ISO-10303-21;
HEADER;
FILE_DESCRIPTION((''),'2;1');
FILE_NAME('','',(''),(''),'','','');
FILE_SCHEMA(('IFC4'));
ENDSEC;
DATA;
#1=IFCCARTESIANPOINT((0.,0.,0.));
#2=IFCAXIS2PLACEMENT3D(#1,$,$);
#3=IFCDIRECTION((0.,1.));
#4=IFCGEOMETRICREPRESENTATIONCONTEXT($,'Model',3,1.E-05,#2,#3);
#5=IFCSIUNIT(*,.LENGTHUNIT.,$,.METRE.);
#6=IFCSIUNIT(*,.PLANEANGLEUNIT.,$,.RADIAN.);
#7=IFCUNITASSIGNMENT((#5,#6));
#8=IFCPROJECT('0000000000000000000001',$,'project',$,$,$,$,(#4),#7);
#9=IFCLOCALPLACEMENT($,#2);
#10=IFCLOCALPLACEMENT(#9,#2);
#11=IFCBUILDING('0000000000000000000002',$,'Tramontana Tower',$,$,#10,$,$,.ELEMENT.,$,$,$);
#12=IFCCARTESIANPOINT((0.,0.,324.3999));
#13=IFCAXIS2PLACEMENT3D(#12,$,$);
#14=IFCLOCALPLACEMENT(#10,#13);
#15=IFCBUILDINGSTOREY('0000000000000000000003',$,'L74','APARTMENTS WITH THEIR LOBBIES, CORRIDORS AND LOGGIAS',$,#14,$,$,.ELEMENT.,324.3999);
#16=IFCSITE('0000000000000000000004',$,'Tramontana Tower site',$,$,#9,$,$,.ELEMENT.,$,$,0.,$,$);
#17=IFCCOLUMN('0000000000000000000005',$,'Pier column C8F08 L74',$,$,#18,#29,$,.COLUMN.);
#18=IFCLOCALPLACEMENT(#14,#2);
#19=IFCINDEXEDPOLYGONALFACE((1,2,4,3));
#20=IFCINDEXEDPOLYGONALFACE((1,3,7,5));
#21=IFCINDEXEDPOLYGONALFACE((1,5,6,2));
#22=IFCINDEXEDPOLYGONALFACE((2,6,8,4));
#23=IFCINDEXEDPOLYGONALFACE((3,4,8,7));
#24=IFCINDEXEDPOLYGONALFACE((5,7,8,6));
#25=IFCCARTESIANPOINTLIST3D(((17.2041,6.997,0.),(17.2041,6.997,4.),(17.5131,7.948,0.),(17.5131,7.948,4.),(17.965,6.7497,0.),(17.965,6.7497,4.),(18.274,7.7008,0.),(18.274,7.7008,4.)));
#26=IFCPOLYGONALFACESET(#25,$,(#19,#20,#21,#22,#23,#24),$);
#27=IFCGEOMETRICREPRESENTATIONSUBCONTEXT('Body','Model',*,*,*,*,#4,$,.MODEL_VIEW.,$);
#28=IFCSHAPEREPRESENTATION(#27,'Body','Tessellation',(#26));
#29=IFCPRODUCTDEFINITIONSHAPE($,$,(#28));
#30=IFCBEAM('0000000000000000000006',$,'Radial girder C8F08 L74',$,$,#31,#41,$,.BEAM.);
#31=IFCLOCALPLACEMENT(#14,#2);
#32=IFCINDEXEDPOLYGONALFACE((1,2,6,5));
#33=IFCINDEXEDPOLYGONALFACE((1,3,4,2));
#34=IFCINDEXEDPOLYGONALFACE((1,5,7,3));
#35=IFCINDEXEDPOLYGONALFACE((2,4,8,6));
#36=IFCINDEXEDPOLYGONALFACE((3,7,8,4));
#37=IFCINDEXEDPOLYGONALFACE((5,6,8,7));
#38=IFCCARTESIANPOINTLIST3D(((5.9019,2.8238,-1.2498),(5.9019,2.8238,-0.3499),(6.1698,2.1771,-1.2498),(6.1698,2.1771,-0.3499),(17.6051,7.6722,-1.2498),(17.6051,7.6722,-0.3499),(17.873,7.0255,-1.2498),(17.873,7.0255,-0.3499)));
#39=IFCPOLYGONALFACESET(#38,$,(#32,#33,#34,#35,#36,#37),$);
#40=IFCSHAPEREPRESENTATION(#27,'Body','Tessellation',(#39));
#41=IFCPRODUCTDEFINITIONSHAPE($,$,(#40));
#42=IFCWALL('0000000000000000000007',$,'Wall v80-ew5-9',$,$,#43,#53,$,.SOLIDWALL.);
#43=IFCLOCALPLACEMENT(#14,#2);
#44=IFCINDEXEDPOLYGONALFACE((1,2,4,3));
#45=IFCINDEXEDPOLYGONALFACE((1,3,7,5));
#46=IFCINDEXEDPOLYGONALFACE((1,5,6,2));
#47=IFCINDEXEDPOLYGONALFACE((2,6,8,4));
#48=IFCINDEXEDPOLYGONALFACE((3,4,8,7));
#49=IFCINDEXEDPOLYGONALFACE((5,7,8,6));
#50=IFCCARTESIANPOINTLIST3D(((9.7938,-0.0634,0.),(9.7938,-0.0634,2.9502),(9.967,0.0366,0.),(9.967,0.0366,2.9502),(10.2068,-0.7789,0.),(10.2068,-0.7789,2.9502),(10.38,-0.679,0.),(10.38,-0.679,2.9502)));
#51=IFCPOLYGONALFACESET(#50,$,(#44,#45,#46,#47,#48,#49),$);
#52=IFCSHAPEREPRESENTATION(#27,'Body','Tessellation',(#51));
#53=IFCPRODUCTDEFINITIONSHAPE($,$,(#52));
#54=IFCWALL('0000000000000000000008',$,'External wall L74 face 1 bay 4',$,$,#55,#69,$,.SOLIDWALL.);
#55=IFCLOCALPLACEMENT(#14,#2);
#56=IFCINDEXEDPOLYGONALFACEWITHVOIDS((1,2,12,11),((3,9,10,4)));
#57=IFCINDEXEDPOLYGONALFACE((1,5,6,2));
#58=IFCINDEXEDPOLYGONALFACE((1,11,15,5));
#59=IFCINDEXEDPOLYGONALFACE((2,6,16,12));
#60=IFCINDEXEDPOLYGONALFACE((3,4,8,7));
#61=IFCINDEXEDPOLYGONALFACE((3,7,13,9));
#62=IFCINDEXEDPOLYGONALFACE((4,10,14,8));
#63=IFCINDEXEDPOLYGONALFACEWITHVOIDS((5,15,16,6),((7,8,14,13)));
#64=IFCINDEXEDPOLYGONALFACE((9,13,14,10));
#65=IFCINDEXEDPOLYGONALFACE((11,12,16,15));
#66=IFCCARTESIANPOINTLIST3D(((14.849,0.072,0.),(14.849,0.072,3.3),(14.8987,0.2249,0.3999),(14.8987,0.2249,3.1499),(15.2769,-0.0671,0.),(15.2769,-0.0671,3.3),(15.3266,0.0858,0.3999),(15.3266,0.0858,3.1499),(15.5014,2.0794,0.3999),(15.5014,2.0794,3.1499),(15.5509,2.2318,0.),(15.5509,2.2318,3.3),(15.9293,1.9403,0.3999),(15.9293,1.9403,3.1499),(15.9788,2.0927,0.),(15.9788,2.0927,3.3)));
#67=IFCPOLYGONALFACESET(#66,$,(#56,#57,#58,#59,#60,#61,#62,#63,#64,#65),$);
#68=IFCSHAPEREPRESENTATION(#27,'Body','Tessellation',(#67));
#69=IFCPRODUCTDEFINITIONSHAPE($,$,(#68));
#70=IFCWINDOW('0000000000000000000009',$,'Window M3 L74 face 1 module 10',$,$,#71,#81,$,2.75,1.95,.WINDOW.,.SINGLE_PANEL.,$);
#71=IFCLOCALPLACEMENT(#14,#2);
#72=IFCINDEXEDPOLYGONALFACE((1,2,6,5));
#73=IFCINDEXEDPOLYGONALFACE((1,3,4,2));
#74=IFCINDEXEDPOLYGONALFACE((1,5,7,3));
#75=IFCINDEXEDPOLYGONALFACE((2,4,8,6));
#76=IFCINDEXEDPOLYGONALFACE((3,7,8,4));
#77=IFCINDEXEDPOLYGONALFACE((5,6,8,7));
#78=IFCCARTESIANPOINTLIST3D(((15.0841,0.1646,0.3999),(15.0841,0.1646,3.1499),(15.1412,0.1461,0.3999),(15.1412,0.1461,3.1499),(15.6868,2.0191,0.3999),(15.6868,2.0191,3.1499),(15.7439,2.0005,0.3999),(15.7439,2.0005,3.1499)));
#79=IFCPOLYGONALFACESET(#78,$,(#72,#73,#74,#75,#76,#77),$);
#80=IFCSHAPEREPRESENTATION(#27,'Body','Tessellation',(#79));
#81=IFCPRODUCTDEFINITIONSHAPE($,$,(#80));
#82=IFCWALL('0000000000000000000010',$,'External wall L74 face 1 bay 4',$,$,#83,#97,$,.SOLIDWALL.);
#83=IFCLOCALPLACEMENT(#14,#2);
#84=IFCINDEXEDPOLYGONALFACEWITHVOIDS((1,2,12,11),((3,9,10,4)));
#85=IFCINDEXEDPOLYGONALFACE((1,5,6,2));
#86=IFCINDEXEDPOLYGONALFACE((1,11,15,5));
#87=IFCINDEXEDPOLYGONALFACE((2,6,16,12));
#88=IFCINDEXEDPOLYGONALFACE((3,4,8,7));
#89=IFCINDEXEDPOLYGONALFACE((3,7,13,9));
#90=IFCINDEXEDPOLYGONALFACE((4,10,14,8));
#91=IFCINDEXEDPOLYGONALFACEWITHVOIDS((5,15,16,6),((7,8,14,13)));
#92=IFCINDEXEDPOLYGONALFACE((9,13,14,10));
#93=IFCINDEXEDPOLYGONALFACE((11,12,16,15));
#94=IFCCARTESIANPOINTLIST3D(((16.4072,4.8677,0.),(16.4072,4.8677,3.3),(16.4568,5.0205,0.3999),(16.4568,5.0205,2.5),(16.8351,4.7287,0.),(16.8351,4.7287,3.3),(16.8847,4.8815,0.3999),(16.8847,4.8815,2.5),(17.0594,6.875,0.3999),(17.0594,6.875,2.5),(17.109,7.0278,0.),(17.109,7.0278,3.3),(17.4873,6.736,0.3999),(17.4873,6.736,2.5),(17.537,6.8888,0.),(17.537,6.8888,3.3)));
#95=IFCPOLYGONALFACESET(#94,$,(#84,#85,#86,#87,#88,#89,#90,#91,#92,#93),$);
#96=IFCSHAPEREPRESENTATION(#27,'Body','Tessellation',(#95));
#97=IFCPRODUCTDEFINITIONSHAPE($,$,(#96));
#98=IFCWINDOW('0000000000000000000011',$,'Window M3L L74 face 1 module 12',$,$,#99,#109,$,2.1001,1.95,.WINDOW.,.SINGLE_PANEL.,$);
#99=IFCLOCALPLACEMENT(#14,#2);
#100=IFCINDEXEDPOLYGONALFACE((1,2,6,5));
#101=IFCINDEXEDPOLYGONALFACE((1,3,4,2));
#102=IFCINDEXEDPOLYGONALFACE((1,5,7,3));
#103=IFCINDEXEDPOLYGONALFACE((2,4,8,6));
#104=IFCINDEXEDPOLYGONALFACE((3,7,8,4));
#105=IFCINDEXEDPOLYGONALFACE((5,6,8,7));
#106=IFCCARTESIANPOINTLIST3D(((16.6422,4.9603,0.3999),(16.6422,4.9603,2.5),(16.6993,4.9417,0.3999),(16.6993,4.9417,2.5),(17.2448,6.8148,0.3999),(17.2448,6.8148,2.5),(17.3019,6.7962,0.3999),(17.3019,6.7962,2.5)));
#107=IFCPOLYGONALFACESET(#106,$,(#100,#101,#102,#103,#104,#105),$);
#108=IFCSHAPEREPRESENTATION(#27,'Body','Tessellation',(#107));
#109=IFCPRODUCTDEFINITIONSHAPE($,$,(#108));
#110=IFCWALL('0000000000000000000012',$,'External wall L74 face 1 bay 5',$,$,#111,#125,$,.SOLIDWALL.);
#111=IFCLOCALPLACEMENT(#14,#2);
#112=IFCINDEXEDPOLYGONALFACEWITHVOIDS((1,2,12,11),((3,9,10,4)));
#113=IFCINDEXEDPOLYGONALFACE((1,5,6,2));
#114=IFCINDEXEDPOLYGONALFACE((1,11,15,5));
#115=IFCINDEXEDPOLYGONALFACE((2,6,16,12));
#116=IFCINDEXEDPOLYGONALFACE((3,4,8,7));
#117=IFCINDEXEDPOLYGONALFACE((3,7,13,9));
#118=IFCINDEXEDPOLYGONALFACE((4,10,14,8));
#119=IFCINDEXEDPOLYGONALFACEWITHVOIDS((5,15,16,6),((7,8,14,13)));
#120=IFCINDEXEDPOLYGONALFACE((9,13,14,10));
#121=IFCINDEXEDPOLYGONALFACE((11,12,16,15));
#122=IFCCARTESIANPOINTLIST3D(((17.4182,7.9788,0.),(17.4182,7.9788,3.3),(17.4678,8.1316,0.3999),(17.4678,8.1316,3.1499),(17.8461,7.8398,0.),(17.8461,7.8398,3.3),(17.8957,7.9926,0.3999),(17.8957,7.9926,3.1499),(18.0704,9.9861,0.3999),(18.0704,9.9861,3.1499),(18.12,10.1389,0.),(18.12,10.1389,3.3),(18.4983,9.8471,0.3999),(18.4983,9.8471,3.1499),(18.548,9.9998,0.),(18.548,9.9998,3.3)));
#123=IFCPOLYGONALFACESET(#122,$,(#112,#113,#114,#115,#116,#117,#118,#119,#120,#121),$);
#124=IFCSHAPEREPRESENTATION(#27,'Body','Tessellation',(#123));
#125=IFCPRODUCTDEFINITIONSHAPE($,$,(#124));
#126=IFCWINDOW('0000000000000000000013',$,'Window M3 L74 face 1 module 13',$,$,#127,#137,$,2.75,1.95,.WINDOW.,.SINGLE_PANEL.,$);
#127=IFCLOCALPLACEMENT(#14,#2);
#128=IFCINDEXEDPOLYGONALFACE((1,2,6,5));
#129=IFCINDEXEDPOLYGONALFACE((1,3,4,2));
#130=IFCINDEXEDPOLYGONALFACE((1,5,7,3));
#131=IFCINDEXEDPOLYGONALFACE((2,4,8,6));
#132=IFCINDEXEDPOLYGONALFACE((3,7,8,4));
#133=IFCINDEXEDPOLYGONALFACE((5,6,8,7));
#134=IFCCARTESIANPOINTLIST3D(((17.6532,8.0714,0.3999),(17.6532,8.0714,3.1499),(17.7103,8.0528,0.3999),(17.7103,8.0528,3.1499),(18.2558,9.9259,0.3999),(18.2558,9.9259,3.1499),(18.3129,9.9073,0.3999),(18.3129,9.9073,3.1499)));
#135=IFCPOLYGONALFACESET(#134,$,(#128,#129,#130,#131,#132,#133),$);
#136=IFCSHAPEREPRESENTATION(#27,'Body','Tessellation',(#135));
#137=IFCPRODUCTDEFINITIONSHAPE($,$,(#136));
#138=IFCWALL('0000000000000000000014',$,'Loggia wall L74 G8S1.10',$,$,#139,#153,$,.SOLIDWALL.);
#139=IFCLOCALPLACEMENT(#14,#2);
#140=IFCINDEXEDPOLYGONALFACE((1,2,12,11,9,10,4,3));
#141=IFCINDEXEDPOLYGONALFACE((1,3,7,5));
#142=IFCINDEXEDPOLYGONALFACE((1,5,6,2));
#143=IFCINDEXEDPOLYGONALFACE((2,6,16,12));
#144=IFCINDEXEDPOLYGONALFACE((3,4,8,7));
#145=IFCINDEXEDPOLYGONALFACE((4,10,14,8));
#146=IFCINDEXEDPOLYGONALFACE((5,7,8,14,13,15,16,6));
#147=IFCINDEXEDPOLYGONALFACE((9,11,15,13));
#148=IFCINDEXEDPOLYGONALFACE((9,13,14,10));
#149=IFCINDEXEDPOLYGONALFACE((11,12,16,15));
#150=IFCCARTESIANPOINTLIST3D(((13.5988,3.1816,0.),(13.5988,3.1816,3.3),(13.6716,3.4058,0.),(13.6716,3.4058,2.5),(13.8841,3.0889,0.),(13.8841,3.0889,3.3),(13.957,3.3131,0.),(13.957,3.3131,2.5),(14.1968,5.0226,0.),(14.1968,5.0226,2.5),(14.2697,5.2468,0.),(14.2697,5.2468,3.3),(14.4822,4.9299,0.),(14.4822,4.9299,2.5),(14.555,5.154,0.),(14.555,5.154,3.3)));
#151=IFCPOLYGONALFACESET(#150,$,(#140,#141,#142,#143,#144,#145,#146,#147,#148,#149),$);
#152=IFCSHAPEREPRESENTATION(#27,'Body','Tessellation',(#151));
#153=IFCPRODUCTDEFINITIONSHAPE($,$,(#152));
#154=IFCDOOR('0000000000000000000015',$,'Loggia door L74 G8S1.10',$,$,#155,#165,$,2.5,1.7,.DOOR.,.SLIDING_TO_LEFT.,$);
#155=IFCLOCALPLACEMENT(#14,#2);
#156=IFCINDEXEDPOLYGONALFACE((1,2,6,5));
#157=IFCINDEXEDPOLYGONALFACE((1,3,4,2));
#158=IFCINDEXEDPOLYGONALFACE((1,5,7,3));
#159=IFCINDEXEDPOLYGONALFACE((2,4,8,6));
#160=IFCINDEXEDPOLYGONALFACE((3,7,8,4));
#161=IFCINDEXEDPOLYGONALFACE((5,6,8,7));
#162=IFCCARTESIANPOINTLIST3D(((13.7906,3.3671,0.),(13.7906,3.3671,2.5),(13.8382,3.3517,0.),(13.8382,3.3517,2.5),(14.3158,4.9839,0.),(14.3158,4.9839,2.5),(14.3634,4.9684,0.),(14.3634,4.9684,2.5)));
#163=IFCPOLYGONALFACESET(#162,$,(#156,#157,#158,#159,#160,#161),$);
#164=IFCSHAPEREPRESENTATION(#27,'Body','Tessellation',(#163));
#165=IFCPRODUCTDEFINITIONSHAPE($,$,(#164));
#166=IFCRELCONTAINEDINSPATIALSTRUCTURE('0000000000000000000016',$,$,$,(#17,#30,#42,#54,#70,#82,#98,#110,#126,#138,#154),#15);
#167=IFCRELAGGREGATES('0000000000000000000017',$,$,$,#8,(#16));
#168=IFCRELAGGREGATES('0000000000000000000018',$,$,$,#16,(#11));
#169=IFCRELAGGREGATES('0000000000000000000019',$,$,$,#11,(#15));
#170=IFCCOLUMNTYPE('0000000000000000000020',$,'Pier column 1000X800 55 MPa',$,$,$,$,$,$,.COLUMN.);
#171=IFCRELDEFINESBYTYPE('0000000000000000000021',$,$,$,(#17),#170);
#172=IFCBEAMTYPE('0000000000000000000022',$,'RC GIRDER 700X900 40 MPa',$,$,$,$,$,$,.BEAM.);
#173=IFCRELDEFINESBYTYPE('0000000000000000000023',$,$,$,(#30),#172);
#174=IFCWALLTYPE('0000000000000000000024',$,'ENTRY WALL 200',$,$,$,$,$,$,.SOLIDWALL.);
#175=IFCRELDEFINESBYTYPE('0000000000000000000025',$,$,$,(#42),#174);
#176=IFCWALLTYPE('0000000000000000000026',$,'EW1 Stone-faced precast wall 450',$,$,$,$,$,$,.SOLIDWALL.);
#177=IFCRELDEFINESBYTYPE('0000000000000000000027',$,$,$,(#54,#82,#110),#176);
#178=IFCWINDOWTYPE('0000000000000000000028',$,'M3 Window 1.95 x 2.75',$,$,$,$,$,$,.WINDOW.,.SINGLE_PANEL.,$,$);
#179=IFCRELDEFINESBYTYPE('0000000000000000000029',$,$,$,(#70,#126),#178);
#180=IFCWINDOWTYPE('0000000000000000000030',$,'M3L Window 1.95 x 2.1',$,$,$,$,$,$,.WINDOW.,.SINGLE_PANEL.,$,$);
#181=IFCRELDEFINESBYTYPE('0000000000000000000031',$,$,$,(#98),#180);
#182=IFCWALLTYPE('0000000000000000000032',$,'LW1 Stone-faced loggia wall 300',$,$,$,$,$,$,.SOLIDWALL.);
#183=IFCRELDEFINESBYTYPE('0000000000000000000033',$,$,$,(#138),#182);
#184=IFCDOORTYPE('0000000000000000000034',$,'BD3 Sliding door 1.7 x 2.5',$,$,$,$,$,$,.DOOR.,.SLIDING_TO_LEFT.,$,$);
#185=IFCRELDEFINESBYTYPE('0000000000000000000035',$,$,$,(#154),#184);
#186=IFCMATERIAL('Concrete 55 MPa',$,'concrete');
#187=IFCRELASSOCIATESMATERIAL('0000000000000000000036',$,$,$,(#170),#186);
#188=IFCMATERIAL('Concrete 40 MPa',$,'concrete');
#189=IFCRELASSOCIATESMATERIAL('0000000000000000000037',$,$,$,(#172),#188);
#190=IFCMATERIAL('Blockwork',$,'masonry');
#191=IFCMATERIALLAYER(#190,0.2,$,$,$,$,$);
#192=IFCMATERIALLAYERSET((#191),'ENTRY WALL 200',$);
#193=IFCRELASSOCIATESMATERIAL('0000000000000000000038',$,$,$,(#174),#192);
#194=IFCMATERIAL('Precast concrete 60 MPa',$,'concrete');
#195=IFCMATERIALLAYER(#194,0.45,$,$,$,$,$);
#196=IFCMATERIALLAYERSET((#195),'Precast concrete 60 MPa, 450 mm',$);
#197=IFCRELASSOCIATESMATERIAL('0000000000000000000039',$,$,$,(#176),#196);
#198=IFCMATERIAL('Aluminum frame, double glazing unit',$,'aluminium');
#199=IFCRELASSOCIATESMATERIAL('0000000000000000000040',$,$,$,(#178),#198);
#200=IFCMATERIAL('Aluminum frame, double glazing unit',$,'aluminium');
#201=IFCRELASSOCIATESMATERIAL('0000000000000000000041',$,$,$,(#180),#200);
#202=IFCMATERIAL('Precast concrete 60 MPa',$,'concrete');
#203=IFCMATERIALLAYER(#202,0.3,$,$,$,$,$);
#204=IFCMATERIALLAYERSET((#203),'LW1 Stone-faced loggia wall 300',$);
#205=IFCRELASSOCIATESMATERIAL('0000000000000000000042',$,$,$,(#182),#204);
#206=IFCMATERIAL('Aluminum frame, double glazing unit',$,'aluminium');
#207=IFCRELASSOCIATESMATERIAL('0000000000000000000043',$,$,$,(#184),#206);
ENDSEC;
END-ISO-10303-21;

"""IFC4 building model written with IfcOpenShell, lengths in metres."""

from ifc_helpers import new_model, si_unit, direction, frame, frame_2d, origin, origin_2d, place, context, subcontext, project, spatial, rectangle, extrude, material, layer, layer_set, material_profile, profile_set, type_object, element, fill, save


model = new_model("IFC4")

# Units and contexts
model_context = context("Model", 3, precision=1e-05, world=origin(), true_north=direction((0.0, 1.0)))
body_context = subcontext(model_context, "Body", "Model", "MODEL_VIEW")
ifc_project = project(units=[si_unit("LENGTHUNIT", "METRE"), si_unit("PLANEANGLEUNIT", "RADIAN")], contexts=[model_context])

# Site, building, storey
site_placement = place(None, origin())
site = spatial("IfcSite", under=ifc_project, at=site_placement, Name="Tramontana Tower site", CompositionType="ELEMENT", RefElevation=0.0)
building_placement = place(site_placement, origin())
building = spatial("IfcBuilding", under=site, at=building_placement, Name="Tramontana Tower", CompositionType="ELEMENT")
storey_placement = place(building_placement, frame((0.0, 0.0, 324.3999)))
storey = spatial("IfcBuildingStorey", under=building, at=storey_placement, Name="L74", Description="APARTMENTS WITH THEIR LOBBIES, CORRIDORS AND LOGGIAS", CompositionType="ELEMENT", Elevation=324.3999)

# Column
ifc_material_1 = material(Name="Concrete 55 MPa", Category="concrete")
ifc_material_profile_1 = material_profile(ifc_material_1, rectangle(XDim=1.0, YDim=0.8, at=origin_2d()), Name="Pier column 1000X800 55 MPa")
ifc_profile_set_1 = profile_set([ifc_material_profile_1], Name="Concrete 55 MPa")
column_type = type_object("IfcColumnType", Name="Pier column 1000X800 55 MPa", PredefinedType="COLUMN", material=ifc_profile_set_1)
column_placement = place(storey_placement, frame((17.739, 7.3489, 0.0), z_axis=(0.0, 0.0, 1.0), x_axis=(0.309017, 0.951057, 0.0)))
element("IfcColumn", 1, at=column_placement, inside=storey, type_object=column_type, Name="Pier column C8F08 L74", PredefinedType="COLUMN", context=body_context, shape_type="SweptSolid", body=[
    extrude(rectangle(XDim=1.0, YDim=0.8, at=origin_2d()), origin(), (0.0, 0.0, 1.0), 4.0),
])

# Beam
ifc_material_2 = material(Name="Concrete 40 MPa", Category="concrete")
ifc_material_profile_2 = material_profile(ifc_material_2, rectangle(XDim=0.7, YDim=0.8999, at=origin_2d()), Name="RC GIRDER 700X900 40 MPa")
ifc_profile_set_2 = profile_set([ifc_material_profile_2], Name="Concrete 40 MPa")
beam_type = type_object("IfcBeamType", Name="RC GIRDER 700X900 40 MPa", PredefinedType="BEAM", material=ifc_profile_set_2)
beam_placement = place(storey_placement, frame((17.739, 7.3489, -0.7998), z_axis=(-0.923857, -0.382737, 0.0), x_axis=(0.382737, -0.923857, 0.0)))
element("IfcBeam", 2, at=beam_placement, inside=storey, type_object=beam_type, Name="Radial girder C8F08 L74", PredefinedType="BEAM", context=body_context, shape_type="SweptSolid", body=[
    extrude(rectangle(XDim=0.7, YDim=0.8999, at=origin_2d()), origin(), (0.0, 0.0, 1.0), 12.6677),
])

# Wall
ifc_material_3 = material(Name="Blockwork", Category="masonry")
ifc_layer_1 = layer(ifc_material_3, 0.2)
ifc_layer_set_1 = layer_set([ifc_layer_1], Name="ENTRY WALL 200")
wall_type_1 = type_object("IfcWallType", Name="ENTRY WALL 200", PredefinedType="SOLIDWALL", material=ifc_layer_set_1)
wall_1_placement = place(storey_placement, frame((9.8804, -0.0134, 0.0), z_axis=(0.0, 0.0, 1.0), x_axis=(0.499953, -0.866053, 0.0)))
element("IfcWall", 3, at=wall_1_placement, inside=storey, type_object=wall_type_1, Name="Wall v80-ew5-9", PredefinedType="SOLIDWALL", context=body_context, shape_type="SweptSolid", body=[
    extrude(rectangle(XDim=0.8262, YDim=0.2, at=frame_2d((0.4131, 0.0))), origin(), (0.0, 0.0, 1.0), 2.9502),
])

# Walls, openings, windows
ifc_material_4 = material(Name="Precast concrete 60 MPa", Category="concrete")
ifc_layer_2 = layer(ifc_material_4, 0.45)
ifc_layer_set_2 = layer_set([ifc_layer_2], Name="Precast concrete 60 MPa, 450 mm")
wall_type_2 = type_object("IfcWallType", Name="EW1 Stone-faced precast wall 450", PredefinedType="SOLIDWALL", material=ifc_layer_set_2)
wall_2_placement = place(storey_placement, frame((15.063, 0.0024, 0.0), z_axis=(0.0, 0.0, 1.0), x_axis=(0.309059, 0.951043, 0.0)))
wall_2 = element("IfcWall", 4, at=wall_2_placement, inside=storey, type_object=wall_type_2, Name="External wall L74 face 1 bay 4", PredefinedType="SOLIDWALL", context=body_context, shape_type="SweptSolid", body=[
    extrude(rectangle(XDim=2.271, YDim=0.45, at=frame_2d((1.1355, 0.0))), origin(), (0.0, 0.0, 1.0), 3.3),
])
opening_1_placement = place(wall_2_placement, frame((0.1606, 0.0, 0.3999)))
opening_1 = element("IfcOpeningElement", 5, at=opening_1_placement, cuts=wall_2, PredefinedType="OPENING", context=body_context, shape_type="SweptSolid", body=[
    extrude(rectangle(XDim=1.95, YDim=2.75, at=frame_2d((0.9751, 1.375))), frame((0.0, 0.2349, 0.0), z_axis=(0.0, -1.0, 0.0), x_axis=(1.0, 0.0, 0.0)), (0.0, 0.0, 1.0), 0.47),
])
ifc_material_5 = material(Name="Aluminum frame, double glazing unit", Category="aluminium")
window_type_1 = type_object("IfcWindowType", Name="M3 Window 1.95 x 2.75", PartitioningType="SINGLE_PANEL", PredefinedType="WINDOW", material=ifc_material_5)
window_1_placement = place(opening_1_placement, origin())
window_1 = element("IfcWindow", 6, at=window_1_placement, inside=storey, type_object=window_type_1, Name="Window M3 L74 face 1 module 10", OverallHeight=2.75, OverallWidth=1.95, PartitioningType="SINGLE_PANEL", PredefinedType="WINDOW", context=body_context, shape_type="SweptSolid", body=[
    extrude(rectangle(XDim=1.95, YDim=2.75, at=frame_2d((0.9751, 1.375))), frame((0.0, 0.03, 0.0), z_axis=(0.0, -1.0, 0.0), x_axis=(1.0, 0.0, 0.0)), (0.0, 0.0, 1.0), 0.0601),
])
fill(opening_1, window_1)
wall_3_placement = place(storey_placement, frame((16.6211, 4.7981, 0.0), z_axis=(0.0, 0.0, 1.0), x_axis=(0.309028, 0.951053, 0.0)))
wall_3 = element("IfcWall", 7, at=wall_3_placement, inside=storey, type_object=wall_type_2, Name="External wall L74 face 1 bay 4", PredefinedType="SOLIDWALL", context=body_context, shape_type="SweptSolid", body=[
    extrude(rectangle(XDim=2.2712, YDim=0.45, at=frame_2d((1.1357, 0.0))), origin(), (0.0, 0.0, 1.0), 3.3),
])
opening_2_placement = place(wall_3_placement, frame((0.1606, 0.0, 0.3999)))
opening_2 = element("IfcOpeningElement", 8, at=opening_2_placement, cuts=wall_3, PredefinedType="OPENING", context=body_context, shape_type="SweptSolid", body=[
    extrude(rectangle(XDim=1.95, YDim=2.1001, at=frame_2d((0.9751, 1.05))), frame((0.0, 0.2349, 0.0), z_axis=(0.0, -1.0, 0.0), x_axis=(1.0, 0.0, 0.0)), (0.0, 0.0, 1.0), 0.47),
])
ifc_material_6 = material(Name="Aluminum frame, double glazing unit", Category="aluminium")
window_type_2 = type_object("IfcWindowType", Name="M3L Window 1.95 x 2.1", PartitioningType="SINGLE_PANEL", PredefinedType="WINDOW", material=ifc_material_6)
window_2_placement = place(opening_2_placement, origin())
window_2 = element("IfcWindow", 9, at=window_2_placement, inside=storey, type_object=window_type_2, Name="Window M3L L74 face 1 module 12", OverallHeight=2.1001, OverallWidth=1.95, PartitioningType="SINGLE_PANEL", PredefinedType="WINDOW", context=body_context, shape_type="SweptSolid", body=[
    extrude(rectangle(XDim=1.95, YDim=2.1001, at=frame_2d((0.9751, 1.05))), frame((0.0, 0.03, 0.0), z_axis=(0.0, -1.0, 0.0), x_axis=(1.0, 0.0, 0.0)), (0.0, 0.0, 1.0), 0.0601),
])
fill(opening_2, window_2)
wall_4_placement = place(storey_placement, frame((17.6321, 7.9092, 0.0), z_axis=(0.0, 0.0, 1.0), x_axis=(0.309028, 0.951053, 0.0)))
wall_4 = element("IfcWall", 10, at=wall_4_placement, inside=storey, type_object=wall_type_2, Name="External wall L74 face 1 bay 5", PredefinedType="SOLIDWALL", context=body_context, shape_type="SweptSolid", body=[
    extrude(rectangle(XDim=2.2712, YDim=0.45, at=frame_2d((1.1357, 0.0))), origin(), (0.0, 0.0, 1.0), 3.3),
])
opening_3_placement = place(wall_4_placement, frame((0.1606, 0.0, 0.3999)))
opening_3 = element("IfcOpeningElement", 11, at=opening_3_placement, cuts=wall_4, PredefinedType="OPENING", context=body_context, shape_type="SweptSolid", body=[
    extrude(rectangle(XDim=1.95, YDim=2.75, at=frame_2d((0.9751, 1.375))), frame((0.0, 0.2349, 0.0), z_axis=(0.0, -1.0, 0.0), x_axis=(1.0, 0.0, 0.0)), (0.0, 0.0, 1.0), 0.47),
])
window_3_placement = place(opening_3_placement, origin())
window_3 = element("IfcWindow", 12, at=window_3_placement, inside=storey, type_object=window_type_1, Name="Window M3 L74 face 1 module 13", OverallHeight=2.75, OverallWidth=1.95, PartitioningType="SINGLE_PANEL", PredefinedType="WINDOW", context=body_context, shape_type="SweptSolid", body=[
    extrude(rectangle(XDim=1.95, YDim=2.75, at=frame_2d((0.9751, 1.375))), frame((0.0, 0.03, 0.0), z_axis=(0.0, -1.0, 0.0), x_axis=(1.0, 0.0, 0.0)), (0.0, 0.0, 1.0), 0.0601),
])
fill(opening_3, window_3)

# Wall, opening, door
ifc_material_7 = material(Name="Precast concrete 60 MPa", Category="concrete")
ifc_layer_3 = layer(ifc_material_7, 0.3)
ifc_layer_set_3 = layer_set([ifc_layer_3], Name="LW1 Stone-faced loggia wall 300")
wall_type_3 = type_object("IfcWallType", Name="LW1 Stone-faced loggia wall 300", PredefinedType="SOLIDWALL", material=ifc_layer_set_3)
wall_5_placement = place(storey_placement, frame((13.7415, 3.1353, 0.0), z_axis=(0.0, 0.0, 1.0), x_axis=(0.308967, 0.951073, 0.0)))
wall_5 = element("IfcWall", 13, at=wall_5_placement, inside=storey, type_object=wall_type_3, Name="Loggia wall L74 G8S1.10", PredefinedType="SOLIDWALL", context=body_context, shape_type="SweptSolid", body=[
    extrude(rectangle(XDim=2.1714, YDim=0.3, at=frame_2d((1.0857, 0.0))), origin(), (0.0, 0.0, 1.0), 3.3),
])
opening_4_placement = place(wall_5_placement, frame((0.2356, 0.0, 0.0)))
opening_4 = element("IfcOpeningElement", 14, at=opening_4_placement, cuts=wall_5, PredefinedType="OPENING", context=body_context, shape_type="SweptSolid", body=[
    extrude(rectangle(XDim=1.7, YDim=2.5, at=frame_2d((0.8501, 1.25))), frame((0.0, 0.1599, 0.0), z_axis=(0.0, -1.0, 0.0), x_axis=(1.0, 0.0, 0.0)), (0.0, 0.0, 1.0), 0.3201),
])
ifc_material_8 = material(Name="Aluminum frame, double glazing unit", Category="aluminium")
door_type_1 = type_object("IfcDoorType", Name="BD3 Sliding door 1.7 x 2.5", OperationType="SLIDING_TO_LEFT", PredefinedType="DOOR", material=ifc_material_8)
door_1_placement = place(opening_4_placement, origin())
door_1 = element("IfcDoor", 15, at=door_1_placement, inside=storey, type_object=door_type_1, Name="Loggia door L74 G8S1.10", OperationType="SLIDING_TO_LEFT", OverallHeight=2.5, OverallWidth=1.7, PredefinedType="DOOR", context=body_context, shape_type="SweptSolid", body=[
    extrude(rectangle(XDim=1.7, YDim=2.5, at=frame_2d((0.8501, 1.25))), frame((0.0, 0.0249, 0.0), z_axis=(0.0, -1.0, 0.0), x_axis=(1.0, 0.0, 0.0)), (0.0, 0.0, 1.0), 0.05),
])
fill(opening_4, door_1)

save(model, "model.ifc")
